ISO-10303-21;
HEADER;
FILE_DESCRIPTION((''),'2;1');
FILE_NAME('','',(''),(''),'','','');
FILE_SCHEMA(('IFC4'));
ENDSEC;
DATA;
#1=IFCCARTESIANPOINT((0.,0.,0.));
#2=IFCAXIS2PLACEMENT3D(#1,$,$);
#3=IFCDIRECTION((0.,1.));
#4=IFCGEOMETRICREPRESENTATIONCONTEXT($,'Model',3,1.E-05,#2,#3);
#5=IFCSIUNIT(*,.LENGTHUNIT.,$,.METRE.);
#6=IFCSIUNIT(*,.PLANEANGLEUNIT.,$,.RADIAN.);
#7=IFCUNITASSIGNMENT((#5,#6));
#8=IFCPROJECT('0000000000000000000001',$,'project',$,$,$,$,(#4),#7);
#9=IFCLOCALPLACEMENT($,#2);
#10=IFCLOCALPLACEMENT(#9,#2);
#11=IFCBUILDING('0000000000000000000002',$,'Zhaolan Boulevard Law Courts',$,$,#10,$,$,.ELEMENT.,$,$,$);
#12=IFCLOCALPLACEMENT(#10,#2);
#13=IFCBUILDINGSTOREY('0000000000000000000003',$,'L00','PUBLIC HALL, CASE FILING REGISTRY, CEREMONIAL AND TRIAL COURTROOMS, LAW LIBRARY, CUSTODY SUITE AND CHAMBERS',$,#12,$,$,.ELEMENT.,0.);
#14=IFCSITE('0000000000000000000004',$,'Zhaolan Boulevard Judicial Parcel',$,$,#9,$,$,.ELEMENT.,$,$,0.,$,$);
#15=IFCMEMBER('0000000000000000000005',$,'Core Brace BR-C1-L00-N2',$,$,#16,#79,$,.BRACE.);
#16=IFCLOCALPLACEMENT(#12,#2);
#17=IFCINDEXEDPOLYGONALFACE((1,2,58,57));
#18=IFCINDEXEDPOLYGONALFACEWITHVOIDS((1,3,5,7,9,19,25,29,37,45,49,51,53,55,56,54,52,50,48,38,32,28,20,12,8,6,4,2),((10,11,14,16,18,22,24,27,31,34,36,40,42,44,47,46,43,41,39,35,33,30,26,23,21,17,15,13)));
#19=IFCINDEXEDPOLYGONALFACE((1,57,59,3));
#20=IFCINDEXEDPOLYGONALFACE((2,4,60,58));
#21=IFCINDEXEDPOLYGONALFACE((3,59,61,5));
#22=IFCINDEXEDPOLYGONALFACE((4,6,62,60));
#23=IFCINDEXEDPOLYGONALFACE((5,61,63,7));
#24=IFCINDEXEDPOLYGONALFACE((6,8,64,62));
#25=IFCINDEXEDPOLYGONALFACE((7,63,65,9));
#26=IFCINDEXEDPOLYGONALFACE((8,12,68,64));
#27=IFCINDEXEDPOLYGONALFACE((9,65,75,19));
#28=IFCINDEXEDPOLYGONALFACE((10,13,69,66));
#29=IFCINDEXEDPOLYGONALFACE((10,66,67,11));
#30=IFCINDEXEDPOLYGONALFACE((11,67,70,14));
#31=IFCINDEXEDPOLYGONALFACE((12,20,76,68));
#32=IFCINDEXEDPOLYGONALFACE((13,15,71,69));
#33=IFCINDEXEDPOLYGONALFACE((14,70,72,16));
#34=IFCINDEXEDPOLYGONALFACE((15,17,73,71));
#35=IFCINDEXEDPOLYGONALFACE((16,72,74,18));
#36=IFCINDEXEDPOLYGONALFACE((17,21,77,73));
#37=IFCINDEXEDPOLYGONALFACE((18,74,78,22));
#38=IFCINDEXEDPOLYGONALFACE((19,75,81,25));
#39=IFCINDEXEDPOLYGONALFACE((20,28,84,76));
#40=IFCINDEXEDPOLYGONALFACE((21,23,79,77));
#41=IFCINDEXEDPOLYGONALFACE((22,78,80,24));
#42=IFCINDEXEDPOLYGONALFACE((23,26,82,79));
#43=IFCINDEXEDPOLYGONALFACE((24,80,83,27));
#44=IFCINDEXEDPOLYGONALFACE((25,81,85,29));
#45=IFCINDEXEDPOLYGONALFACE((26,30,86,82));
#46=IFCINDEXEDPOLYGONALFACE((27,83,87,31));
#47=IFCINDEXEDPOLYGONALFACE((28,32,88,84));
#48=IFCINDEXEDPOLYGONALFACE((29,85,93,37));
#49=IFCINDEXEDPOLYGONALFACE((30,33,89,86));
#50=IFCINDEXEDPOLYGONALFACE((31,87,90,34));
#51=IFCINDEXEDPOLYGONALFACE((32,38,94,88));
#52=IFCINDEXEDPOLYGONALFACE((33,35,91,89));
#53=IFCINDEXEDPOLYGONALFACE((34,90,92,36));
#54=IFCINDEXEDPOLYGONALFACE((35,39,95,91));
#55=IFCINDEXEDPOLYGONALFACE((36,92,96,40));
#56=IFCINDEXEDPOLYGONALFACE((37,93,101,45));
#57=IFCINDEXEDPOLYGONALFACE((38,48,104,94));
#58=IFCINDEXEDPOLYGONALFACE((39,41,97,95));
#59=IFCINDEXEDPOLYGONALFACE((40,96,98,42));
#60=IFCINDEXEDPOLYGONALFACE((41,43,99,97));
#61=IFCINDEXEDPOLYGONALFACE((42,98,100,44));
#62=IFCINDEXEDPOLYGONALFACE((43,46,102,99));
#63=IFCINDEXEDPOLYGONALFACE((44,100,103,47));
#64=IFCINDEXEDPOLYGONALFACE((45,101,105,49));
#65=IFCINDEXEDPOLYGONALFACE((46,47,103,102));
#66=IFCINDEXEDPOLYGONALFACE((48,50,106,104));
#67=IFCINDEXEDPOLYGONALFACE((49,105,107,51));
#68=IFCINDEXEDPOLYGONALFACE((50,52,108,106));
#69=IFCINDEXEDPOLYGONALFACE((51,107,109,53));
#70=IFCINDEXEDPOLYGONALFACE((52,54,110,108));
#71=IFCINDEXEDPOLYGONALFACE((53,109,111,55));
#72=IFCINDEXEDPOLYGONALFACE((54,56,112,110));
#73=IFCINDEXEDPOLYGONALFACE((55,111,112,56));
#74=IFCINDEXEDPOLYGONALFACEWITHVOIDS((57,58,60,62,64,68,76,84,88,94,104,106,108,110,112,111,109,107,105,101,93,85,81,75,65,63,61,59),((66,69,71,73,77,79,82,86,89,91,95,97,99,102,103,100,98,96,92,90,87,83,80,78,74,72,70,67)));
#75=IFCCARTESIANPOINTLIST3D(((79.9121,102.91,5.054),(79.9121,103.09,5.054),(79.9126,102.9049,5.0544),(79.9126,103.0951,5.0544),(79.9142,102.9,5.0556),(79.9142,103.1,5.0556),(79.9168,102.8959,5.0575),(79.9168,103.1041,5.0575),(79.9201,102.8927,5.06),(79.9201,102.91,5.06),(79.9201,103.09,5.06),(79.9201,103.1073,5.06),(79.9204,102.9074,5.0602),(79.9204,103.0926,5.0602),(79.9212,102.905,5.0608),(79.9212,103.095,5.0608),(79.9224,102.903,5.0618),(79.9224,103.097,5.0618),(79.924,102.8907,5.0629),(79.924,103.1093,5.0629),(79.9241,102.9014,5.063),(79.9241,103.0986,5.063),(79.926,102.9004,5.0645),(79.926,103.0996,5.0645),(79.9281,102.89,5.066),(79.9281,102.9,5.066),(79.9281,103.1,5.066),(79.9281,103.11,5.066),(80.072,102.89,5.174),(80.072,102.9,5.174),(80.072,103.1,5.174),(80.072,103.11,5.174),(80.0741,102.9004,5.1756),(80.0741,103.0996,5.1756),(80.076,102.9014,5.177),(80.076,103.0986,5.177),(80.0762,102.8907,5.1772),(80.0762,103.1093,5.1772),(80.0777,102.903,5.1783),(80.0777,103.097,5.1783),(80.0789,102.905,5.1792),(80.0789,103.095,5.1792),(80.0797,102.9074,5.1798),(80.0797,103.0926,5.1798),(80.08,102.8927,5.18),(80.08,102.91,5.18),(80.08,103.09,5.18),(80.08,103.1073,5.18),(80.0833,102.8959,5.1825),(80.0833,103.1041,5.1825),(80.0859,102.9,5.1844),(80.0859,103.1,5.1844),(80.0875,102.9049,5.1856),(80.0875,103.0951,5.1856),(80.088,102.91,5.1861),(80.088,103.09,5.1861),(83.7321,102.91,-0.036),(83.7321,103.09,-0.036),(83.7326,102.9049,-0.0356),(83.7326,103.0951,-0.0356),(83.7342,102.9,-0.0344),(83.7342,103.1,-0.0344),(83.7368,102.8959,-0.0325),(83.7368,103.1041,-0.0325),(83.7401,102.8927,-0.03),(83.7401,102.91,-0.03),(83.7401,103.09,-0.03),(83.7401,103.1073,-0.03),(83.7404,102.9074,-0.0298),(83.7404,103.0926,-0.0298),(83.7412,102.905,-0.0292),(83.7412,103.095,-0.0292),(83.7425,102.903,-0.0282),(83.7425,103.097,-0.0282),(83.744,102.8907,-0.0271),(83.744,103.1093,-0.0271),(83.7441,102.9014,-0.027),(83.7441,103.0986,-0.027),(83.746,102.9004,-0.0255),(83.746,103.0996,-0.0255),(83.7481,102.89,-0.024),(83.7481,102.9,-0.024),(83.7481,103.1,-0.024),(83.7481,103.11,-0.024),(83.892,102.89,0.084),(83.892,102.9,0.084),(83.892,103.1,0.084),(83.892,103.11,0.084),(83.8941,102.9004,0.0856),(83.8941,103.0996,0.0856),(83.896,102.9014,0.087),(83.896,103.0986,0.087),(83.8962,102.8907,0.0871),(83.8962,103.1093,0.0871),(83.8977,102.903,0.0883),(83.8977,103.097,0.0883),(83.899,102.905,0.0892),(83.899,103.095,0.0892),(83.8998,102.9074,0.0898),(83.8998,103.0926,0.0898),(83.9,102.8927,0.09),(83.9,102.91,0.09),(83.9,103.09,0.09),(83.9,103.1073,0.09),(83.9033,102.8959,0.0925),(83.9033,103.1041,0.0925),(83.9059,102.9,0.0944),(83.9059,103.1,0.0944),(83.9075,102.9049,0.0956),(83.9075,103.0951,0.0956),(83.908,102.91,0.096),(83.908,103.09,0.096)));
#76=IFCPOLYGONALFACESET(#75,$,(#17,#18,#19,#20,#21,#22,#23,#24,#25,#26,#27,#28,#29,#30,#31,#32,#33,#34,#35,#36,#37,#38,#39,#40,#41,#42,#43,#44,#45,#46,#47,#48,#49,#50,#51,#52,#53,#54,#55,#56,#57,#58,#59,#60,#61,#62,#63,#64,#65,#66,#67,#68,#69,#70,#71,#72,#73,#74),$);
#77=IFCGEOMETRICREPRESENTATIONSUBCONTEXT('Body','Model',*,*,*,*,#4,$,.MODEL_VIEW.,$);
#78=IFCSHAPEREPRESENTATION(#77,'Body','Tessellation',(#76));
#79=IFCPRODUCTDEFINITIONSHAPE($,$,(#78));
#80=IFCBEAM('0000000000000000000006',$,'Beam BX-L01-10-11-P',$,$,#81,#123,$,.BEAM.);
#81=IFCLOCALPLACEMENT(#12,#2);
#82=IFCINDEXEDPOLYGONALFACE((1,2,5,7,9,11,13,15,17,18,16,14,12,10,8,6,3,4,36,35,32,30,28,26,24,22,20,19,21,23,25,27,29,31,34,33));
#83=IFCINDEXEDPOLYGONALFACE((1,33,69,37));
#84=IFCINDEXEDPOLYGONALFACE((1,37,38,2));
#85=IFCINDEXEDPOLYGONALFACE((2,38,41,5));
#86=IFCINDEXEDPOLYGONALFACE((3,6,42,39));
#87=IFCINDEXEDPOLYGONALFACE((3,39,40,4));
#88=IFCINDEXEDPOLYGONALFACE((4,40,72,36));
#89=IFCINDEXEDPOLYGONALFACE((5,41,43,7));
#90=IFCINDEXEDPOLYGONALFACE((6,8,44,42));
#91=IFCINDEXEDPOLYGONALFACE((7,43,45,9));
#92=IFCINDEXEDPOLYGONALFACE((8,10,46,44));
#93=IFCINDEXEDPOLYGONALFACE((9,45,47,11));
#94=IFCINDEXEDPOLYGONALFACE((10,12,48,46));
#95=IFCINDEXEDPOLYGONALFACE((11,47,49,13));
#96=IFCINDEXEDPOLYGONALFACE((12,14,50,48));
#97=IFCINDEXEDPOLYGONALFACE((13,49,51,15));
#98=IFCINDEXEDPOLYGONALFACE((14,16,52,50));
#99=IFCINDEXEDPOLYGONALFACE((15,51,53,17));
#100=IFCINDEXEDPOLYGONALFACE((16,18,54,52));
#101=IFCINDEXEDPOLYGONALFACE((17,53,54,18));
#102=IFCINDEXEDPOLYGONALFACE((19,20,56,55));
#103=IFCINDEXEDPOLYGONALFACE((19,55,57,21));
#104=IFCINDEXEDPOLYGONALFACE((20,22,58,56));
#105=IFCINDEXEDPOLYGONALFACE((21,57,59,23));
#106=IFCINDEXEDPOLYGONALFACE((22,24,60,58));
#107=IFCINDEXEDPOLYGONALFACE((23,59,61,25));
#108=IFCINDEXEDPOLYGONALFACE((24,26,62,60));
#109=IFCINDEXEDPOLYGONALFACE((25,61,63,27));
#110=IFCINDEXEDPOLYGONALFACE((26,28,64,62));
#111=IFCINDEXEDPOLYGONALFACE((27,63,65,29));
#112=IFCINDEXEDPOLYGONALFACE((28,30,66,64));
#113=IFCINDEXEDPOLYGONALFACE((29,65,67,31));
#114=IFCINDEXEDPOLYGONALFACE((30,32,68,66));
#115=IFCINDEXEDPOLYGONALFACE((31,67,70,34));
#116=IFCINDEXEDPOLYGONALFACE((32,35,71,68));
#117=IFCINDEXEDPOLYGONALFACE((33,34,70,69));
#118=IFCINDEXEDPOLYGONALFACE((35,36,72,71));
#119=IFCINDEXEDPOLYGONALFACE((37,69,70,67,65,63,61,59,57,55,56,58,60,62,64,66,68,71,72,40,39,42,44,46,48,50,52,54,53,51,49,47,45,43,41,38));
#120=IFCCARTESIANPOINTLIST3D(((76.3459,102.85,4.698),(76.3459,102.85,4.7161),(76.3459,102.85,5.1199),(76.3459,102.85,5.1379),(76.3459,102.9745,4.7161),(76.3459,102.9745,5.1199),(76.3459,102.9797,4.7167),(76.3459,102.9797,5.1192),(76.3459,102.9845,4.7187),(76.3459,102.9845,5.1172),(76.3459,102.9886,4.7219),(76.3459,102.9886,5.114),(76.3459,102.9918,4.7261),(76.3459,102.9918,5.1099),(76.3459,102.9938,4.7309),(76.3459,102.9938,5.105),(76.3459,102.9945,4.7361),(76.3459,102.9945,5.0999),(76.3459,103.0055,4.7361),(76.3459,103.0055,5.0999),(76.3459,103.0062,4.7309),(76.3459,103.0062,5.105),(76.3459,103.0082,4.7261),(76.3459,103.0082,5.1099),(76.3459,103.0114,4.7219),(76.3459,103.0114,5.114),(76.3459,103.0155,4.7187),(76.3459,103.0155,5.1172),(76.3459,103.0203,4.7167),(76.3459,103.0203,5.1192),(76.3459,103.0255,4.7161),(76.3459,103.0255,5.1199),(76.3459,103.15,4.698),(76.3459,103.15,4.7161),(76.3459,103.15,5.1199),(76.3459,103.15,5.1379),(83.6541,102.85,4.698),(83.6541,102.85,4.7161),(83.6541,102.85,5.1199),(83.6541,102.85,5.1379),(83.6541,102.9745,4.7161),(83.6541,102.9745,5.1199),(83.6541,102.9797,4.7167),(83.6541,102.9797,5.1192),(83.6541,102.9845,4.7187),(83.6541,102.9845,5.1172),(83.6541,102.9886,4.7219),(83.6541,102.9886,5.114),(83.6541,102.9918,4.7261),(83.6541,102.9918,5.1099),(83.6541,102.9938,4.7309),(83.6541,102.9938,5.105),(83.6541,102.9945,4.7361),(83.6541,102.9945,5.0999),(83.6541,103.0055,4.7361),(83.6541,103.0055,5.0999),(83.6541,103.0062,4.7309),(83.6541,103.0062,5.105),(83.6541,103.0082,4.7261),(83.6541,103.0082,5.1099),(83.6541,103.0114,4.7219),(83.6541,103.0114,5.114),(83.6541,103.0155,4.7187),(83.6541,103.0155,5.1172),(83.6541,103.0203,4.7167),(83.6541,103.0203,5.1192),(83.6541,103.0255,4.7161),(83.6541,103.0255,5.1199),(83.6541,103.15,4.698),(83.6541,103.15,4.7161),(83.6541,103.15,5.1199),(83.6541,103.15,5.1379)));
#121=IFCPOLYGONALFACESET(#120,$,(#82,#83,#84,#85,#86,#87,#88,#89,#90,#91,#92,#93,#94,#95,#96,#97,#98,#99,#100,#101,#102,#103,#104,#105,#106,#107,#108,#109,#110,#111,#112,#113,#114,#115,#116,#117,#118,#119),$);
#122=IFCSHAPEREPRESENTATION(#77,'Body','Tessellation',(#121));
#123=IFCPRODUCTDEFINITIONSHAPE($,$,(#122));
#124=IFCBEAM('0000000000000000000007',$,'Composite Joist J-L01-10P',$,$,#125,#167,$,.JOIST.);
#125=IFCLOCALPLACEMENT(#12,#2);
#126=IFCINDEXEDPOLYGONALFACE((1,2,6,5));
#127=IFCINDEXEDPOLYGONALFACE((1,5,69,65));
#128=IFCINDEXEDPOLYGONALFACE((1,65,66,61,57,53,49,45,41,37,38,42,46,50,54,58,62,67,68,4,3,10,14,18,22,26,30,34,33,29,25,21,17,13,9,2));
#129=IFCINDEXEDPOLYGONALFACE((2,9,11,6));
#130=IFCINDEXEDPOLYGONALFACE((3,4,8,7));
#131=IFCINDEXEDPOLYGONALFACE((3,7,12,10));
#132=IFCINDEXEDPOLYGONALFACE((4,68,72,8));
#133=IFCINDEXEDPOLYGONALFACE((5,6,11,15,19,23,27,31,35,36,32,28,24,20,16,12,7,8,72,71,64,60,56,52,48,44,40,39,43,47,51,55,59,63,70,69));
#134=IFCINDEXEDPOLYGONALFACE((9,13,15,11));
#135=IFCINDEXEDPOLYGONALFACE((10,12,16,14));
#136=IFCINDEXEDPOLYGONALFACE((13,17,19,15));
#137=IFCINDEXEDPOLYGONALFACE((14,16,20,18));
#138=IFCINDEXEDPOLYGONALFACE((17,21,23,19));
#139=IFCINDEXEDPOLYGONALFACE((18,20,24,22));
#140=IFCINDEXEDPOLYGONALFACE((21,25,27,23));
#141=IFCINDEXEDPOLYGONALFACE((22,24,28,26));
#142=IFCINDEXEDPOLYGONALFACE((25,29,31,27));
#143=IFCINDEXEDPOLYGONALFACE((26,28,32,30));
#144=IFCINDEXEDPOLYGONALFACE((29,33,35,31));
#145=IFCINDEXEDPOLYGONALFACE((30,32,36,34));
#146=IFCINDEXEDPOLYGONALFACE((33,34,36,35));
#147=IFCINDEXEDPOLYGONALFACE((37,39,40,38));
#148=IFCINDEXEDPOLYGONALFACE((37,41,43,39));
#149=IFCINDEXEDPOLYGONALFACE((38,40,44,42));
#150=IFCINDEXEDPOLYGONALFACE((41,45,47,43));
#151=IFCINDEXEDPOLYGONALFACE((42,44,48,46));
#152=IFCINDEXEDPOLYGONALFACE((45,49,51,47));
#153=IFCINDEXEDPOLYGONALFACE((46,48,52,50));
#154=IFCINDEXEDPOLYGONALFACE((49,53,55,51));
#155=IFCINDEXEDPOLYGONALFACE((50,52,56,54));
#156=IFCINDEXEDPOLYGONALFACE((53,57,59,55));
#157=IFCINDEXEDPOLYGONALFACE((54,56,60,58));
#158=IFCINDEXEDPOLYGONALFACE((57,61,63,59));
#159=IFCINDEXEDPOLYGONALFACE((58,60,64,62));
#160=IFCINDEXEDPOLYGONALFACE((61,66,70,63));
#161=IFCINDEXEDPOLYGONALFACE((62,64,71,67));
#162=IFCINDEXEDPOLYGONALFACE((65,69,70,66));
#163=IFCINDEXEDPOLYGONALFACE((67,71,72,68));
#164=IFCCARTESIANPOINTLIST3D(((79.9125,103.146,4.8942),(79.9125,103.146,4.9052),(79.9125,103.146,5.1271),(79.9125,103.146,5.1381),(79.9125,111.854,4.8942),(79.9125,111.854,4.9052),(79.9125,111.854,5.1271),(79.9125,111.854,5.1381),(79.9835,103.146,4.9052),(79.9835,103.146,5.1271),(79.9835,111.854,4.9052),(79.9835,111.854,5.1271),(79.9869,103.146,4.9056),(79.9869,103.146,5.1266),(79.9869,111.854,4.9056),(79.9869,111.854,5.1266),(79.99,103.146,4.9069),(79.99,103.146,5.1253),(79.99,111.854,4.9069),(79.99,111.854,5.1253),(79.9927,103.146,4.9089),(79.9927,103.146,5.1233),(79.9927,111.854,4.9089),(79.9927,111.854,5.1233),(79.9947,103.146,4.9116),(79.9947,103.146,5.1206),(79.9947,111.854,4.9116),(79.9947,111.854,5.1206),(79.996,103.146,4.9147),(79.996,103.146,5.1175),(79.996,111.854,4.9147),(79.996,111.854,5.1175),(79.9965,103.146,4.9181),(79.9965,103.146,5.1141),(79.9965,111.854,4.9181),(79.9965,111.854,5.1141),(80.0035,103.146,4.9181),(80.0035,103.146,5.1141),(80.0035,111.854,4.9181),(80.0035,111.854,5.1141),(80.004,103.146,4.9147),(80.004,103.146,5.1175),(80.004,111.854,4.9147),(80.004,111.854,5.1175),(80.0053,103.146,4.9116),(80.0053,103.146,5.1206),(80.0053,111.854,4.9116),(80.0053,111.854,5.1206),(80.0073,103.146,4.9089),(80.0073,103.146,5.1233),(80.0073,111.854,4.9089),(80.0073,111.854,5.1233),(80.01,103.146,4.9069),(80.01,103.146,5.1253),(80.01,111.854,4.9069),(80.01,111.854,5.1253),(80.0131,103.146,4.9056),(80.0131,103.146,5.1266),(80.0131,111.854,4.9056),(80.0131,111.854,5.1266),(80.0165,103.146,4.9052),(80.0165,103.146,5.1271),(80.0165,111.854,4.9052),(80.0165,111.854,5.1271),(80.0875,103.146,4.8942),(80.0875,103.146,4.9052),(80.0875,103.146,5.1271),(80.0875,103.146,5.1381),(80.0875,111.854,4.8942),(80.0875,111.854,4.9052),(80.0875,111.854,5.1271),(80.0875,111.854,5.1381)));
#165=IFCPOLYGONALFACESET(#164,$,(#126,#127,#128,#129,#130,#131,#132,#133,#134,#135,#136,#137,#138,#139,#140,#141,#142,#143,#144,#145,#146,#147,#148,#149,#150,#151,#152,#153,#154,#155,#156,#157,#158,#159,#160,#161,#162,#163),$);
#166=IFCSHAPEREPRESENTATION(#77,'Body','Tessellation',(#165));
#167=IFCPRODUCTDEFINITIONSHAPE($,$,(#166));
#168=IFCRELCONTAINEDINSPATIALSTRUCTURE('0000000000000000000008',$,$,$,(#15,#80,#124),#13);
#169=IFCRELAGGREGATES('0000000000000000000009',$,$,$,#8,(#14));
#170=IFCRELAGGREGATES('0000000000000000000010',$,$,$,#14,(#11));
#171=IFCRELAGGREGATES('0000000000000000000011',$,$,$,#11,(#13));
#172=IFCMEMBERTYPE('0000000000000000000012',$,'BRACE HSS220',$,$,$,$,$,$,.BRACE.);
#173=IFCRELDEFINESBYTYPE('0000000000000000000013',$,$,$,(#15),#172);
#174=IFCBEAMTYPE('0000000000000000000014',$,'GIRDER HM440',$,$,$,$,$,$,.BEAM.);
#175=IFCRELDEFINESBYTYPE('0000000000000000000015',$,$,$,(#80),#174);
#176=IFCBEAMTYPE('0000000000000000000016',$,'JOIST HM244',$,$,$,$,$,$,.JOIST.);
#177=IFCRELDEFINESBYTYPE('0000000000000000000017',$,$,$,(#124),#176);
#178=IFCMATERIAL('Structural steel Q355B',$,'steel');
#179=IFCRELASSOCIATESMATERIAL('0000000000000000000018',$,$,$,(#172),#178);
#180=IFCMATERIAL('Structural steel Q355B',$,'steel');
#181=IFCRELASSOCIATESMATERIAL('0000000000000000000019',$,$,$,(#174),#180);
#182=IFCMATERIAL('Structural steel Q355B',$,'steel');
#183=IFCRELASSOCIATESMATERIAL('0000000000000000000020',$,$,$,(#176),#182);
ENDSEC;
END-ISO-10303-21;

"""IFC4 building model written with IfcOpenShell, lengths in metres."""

from ifc_helpers import new_model, si_unit, direction, frame, origin, origin_2d, place, context, subcontext, project, spatial, hollow_rectangle, i_section, extrude, material, material_profile, profile_set, type_object, element, save


model = new_model("IFC4")

# Units and contexts
model_context = context("Model", 3, precision=1e-05, world=origin(), true_north=direction((0.0, 1.0)))
body_context = subcontext(model_context, "Body", "Model", "MODEL_VIEW")
ifc_project = project(units=[si_unit("LENGTHUNIT", "METRE"), si_unit("PLANEANGLEUNIT", "RADIAN")], contexts=[model_context])

# Site, building, storey
site_placement = place(None, origin())
site = spatial("IfcSite", under=ifc_project, at=site_placement, Name="Zhaolan Boulevard Judicial Parcel", CompositionType="ELEMENT", RefElevation=0.0)
building_placement = place(site_placement, origin())
building = spatial("IfcBuilding", under=site, at=building_placement, Name="Zhaolan Boulevard Law Courts", CompositionType="ELEMENT")
storey_placement = place(building_placement, origin())
storey = spatial("IfcBuildingStorey", under=building, at=storey_placement, Name="L00", Description="PUBLIC HALL, CASE FILING REGISTRY, CEREMONIAL AND TRIAL COURTROOMS, LAW LIBRARY, CUSTODY SUITE AND CHAMBERS", CompositionType="ELEMENT", Elevation=0.0)

# Member
ifc_material_1 = material(Name="Structural steel Q355B", Category="steel")
ifc_material_profile_1 = material_profile(ifc_material_1, hollow_rectangle(XDim=0.22, YDim=0.22, WallThickness=0.01, InnerFilletRadius=0.01, OuterFilletRadius=0.02, at=origin_2d()), Name="HSS220x220x10")
ifc_profile_set_1 = profile_set([ifc_material_profile_1], Name="Structural steel Q355B")
member_type_1 = type_object("IfcMemberType", Name="BRACE HSS220", PredefinedType="BRACE", material=ifc_profile_set_1)
member_1_placement = place(storey_placement, frame((83.8201, 103.0, 0.03), z_axis=(-0.600252, 0.0, 0.799811), x_axis=(0.0, -1.0, 0.0)))
element("IfcMember", 1, at=member_1_placement, inside=storey, type_object=member_type_1, Name="Core Brace BR-C1-L00-N2", PredefinedType="BRACE", context=body_context, shape_type="SweptSolid", body=[
    extrude(hollow_rectangle(XDim=0.22, YDim=0.22, WallThickness=0.01, InnerFilletRadius=0.01, OuterFilletRadius=0.02, at=origin_2d()), origin(), (0.0, 0.0, 1.0), 6.364),
])

# Beams
ifc_material_2 = material(Name="Structural steel Q355B", Category="steel")
ifc_material_profile_2 = material_profile(ifc_material_2, i_section(OverallWidth=0.3, OverallDepth=0.4399, WebThickness=0.011, FlangeThickness=0.0181, FilletRadius=0.02, at=origin_2d()), Name="HM440x300")
ifc_profile_set_2 = profile_set([ifc_material_profile_2], Name="Structural steel Q355B")
beam_type_1 = type_object("IfcBeamType", Name="GIRDER HM440", PredefinedType="BEAM", material=ifc_profile_set_2)
beam_1_placement = place(storey_placement, frame((76.3459, 103.0, 4.918), z_axis=(1.0, 0.0, 0.0), x_axis=(0.0, 1.0, 0.0)))
element("IfcBeam", 2, at=beam_1_placement, inside=storey, type_object=beam_type_1, Name="Beam BX-L01-10-11-P", PredefinedType="BEAM", context=body_context, shape_type="SweptSolid", body=[
    extrude(i_section(OverallWidth=0.3, OverallDepth=0.4399, WebThickness=0.011, FlangeThickness=0.0181, FilletRadius=0.02, at=origin_2d()), origin(), (0.0, 0.0, 1.0), 7.3081),
])
ifc_material_3 = material(Name="Structural steel Q355B", Category="steel")
ifc_material_profile_3 = material_profile(ifc_material_3, i_section(OverallWidth=0.175, OverallDepth=0.2439, WebThickness=0.0071, FlangeThickness=0.011, FilletRadius=0.0129, at=origin_2d()), Name="HM244x175")
ifc_profile_set_3 = profile_set([ifc_material_profile_3], Name="Structural steel Q355B")
beam_type_2 = type_object("IfcBeamType", Name="JOIST HM244", PredefinedType="JOIST", material=ifc_profile_set_3)
beam_2_placement = place(storey_placement, frame((80.0, 103.146, 5.0161), z_axis=(0.0, 1.0, 0.0), x_axis=(-1.0, 0.0, 0.0)))
element("IfcBeam", 3, at=beam_2_placement, inside=storey, type_object=beam_type_2, Name="Composite Joist J-L01-10P", PredefinedType="JOIST", context=body_context, shape_type="SweptSolid", body=[
    extrude(i_section(OverallWidth=0.175, OverallDepth=0.2439, WebThickness=0.0071, FlangeThickness=0.011, FilletRadius=0.0129, at=origin_2d()), origin(), (0.0, 0.0, 1.0), 8.708),
])

save(model, "model.ifc")
